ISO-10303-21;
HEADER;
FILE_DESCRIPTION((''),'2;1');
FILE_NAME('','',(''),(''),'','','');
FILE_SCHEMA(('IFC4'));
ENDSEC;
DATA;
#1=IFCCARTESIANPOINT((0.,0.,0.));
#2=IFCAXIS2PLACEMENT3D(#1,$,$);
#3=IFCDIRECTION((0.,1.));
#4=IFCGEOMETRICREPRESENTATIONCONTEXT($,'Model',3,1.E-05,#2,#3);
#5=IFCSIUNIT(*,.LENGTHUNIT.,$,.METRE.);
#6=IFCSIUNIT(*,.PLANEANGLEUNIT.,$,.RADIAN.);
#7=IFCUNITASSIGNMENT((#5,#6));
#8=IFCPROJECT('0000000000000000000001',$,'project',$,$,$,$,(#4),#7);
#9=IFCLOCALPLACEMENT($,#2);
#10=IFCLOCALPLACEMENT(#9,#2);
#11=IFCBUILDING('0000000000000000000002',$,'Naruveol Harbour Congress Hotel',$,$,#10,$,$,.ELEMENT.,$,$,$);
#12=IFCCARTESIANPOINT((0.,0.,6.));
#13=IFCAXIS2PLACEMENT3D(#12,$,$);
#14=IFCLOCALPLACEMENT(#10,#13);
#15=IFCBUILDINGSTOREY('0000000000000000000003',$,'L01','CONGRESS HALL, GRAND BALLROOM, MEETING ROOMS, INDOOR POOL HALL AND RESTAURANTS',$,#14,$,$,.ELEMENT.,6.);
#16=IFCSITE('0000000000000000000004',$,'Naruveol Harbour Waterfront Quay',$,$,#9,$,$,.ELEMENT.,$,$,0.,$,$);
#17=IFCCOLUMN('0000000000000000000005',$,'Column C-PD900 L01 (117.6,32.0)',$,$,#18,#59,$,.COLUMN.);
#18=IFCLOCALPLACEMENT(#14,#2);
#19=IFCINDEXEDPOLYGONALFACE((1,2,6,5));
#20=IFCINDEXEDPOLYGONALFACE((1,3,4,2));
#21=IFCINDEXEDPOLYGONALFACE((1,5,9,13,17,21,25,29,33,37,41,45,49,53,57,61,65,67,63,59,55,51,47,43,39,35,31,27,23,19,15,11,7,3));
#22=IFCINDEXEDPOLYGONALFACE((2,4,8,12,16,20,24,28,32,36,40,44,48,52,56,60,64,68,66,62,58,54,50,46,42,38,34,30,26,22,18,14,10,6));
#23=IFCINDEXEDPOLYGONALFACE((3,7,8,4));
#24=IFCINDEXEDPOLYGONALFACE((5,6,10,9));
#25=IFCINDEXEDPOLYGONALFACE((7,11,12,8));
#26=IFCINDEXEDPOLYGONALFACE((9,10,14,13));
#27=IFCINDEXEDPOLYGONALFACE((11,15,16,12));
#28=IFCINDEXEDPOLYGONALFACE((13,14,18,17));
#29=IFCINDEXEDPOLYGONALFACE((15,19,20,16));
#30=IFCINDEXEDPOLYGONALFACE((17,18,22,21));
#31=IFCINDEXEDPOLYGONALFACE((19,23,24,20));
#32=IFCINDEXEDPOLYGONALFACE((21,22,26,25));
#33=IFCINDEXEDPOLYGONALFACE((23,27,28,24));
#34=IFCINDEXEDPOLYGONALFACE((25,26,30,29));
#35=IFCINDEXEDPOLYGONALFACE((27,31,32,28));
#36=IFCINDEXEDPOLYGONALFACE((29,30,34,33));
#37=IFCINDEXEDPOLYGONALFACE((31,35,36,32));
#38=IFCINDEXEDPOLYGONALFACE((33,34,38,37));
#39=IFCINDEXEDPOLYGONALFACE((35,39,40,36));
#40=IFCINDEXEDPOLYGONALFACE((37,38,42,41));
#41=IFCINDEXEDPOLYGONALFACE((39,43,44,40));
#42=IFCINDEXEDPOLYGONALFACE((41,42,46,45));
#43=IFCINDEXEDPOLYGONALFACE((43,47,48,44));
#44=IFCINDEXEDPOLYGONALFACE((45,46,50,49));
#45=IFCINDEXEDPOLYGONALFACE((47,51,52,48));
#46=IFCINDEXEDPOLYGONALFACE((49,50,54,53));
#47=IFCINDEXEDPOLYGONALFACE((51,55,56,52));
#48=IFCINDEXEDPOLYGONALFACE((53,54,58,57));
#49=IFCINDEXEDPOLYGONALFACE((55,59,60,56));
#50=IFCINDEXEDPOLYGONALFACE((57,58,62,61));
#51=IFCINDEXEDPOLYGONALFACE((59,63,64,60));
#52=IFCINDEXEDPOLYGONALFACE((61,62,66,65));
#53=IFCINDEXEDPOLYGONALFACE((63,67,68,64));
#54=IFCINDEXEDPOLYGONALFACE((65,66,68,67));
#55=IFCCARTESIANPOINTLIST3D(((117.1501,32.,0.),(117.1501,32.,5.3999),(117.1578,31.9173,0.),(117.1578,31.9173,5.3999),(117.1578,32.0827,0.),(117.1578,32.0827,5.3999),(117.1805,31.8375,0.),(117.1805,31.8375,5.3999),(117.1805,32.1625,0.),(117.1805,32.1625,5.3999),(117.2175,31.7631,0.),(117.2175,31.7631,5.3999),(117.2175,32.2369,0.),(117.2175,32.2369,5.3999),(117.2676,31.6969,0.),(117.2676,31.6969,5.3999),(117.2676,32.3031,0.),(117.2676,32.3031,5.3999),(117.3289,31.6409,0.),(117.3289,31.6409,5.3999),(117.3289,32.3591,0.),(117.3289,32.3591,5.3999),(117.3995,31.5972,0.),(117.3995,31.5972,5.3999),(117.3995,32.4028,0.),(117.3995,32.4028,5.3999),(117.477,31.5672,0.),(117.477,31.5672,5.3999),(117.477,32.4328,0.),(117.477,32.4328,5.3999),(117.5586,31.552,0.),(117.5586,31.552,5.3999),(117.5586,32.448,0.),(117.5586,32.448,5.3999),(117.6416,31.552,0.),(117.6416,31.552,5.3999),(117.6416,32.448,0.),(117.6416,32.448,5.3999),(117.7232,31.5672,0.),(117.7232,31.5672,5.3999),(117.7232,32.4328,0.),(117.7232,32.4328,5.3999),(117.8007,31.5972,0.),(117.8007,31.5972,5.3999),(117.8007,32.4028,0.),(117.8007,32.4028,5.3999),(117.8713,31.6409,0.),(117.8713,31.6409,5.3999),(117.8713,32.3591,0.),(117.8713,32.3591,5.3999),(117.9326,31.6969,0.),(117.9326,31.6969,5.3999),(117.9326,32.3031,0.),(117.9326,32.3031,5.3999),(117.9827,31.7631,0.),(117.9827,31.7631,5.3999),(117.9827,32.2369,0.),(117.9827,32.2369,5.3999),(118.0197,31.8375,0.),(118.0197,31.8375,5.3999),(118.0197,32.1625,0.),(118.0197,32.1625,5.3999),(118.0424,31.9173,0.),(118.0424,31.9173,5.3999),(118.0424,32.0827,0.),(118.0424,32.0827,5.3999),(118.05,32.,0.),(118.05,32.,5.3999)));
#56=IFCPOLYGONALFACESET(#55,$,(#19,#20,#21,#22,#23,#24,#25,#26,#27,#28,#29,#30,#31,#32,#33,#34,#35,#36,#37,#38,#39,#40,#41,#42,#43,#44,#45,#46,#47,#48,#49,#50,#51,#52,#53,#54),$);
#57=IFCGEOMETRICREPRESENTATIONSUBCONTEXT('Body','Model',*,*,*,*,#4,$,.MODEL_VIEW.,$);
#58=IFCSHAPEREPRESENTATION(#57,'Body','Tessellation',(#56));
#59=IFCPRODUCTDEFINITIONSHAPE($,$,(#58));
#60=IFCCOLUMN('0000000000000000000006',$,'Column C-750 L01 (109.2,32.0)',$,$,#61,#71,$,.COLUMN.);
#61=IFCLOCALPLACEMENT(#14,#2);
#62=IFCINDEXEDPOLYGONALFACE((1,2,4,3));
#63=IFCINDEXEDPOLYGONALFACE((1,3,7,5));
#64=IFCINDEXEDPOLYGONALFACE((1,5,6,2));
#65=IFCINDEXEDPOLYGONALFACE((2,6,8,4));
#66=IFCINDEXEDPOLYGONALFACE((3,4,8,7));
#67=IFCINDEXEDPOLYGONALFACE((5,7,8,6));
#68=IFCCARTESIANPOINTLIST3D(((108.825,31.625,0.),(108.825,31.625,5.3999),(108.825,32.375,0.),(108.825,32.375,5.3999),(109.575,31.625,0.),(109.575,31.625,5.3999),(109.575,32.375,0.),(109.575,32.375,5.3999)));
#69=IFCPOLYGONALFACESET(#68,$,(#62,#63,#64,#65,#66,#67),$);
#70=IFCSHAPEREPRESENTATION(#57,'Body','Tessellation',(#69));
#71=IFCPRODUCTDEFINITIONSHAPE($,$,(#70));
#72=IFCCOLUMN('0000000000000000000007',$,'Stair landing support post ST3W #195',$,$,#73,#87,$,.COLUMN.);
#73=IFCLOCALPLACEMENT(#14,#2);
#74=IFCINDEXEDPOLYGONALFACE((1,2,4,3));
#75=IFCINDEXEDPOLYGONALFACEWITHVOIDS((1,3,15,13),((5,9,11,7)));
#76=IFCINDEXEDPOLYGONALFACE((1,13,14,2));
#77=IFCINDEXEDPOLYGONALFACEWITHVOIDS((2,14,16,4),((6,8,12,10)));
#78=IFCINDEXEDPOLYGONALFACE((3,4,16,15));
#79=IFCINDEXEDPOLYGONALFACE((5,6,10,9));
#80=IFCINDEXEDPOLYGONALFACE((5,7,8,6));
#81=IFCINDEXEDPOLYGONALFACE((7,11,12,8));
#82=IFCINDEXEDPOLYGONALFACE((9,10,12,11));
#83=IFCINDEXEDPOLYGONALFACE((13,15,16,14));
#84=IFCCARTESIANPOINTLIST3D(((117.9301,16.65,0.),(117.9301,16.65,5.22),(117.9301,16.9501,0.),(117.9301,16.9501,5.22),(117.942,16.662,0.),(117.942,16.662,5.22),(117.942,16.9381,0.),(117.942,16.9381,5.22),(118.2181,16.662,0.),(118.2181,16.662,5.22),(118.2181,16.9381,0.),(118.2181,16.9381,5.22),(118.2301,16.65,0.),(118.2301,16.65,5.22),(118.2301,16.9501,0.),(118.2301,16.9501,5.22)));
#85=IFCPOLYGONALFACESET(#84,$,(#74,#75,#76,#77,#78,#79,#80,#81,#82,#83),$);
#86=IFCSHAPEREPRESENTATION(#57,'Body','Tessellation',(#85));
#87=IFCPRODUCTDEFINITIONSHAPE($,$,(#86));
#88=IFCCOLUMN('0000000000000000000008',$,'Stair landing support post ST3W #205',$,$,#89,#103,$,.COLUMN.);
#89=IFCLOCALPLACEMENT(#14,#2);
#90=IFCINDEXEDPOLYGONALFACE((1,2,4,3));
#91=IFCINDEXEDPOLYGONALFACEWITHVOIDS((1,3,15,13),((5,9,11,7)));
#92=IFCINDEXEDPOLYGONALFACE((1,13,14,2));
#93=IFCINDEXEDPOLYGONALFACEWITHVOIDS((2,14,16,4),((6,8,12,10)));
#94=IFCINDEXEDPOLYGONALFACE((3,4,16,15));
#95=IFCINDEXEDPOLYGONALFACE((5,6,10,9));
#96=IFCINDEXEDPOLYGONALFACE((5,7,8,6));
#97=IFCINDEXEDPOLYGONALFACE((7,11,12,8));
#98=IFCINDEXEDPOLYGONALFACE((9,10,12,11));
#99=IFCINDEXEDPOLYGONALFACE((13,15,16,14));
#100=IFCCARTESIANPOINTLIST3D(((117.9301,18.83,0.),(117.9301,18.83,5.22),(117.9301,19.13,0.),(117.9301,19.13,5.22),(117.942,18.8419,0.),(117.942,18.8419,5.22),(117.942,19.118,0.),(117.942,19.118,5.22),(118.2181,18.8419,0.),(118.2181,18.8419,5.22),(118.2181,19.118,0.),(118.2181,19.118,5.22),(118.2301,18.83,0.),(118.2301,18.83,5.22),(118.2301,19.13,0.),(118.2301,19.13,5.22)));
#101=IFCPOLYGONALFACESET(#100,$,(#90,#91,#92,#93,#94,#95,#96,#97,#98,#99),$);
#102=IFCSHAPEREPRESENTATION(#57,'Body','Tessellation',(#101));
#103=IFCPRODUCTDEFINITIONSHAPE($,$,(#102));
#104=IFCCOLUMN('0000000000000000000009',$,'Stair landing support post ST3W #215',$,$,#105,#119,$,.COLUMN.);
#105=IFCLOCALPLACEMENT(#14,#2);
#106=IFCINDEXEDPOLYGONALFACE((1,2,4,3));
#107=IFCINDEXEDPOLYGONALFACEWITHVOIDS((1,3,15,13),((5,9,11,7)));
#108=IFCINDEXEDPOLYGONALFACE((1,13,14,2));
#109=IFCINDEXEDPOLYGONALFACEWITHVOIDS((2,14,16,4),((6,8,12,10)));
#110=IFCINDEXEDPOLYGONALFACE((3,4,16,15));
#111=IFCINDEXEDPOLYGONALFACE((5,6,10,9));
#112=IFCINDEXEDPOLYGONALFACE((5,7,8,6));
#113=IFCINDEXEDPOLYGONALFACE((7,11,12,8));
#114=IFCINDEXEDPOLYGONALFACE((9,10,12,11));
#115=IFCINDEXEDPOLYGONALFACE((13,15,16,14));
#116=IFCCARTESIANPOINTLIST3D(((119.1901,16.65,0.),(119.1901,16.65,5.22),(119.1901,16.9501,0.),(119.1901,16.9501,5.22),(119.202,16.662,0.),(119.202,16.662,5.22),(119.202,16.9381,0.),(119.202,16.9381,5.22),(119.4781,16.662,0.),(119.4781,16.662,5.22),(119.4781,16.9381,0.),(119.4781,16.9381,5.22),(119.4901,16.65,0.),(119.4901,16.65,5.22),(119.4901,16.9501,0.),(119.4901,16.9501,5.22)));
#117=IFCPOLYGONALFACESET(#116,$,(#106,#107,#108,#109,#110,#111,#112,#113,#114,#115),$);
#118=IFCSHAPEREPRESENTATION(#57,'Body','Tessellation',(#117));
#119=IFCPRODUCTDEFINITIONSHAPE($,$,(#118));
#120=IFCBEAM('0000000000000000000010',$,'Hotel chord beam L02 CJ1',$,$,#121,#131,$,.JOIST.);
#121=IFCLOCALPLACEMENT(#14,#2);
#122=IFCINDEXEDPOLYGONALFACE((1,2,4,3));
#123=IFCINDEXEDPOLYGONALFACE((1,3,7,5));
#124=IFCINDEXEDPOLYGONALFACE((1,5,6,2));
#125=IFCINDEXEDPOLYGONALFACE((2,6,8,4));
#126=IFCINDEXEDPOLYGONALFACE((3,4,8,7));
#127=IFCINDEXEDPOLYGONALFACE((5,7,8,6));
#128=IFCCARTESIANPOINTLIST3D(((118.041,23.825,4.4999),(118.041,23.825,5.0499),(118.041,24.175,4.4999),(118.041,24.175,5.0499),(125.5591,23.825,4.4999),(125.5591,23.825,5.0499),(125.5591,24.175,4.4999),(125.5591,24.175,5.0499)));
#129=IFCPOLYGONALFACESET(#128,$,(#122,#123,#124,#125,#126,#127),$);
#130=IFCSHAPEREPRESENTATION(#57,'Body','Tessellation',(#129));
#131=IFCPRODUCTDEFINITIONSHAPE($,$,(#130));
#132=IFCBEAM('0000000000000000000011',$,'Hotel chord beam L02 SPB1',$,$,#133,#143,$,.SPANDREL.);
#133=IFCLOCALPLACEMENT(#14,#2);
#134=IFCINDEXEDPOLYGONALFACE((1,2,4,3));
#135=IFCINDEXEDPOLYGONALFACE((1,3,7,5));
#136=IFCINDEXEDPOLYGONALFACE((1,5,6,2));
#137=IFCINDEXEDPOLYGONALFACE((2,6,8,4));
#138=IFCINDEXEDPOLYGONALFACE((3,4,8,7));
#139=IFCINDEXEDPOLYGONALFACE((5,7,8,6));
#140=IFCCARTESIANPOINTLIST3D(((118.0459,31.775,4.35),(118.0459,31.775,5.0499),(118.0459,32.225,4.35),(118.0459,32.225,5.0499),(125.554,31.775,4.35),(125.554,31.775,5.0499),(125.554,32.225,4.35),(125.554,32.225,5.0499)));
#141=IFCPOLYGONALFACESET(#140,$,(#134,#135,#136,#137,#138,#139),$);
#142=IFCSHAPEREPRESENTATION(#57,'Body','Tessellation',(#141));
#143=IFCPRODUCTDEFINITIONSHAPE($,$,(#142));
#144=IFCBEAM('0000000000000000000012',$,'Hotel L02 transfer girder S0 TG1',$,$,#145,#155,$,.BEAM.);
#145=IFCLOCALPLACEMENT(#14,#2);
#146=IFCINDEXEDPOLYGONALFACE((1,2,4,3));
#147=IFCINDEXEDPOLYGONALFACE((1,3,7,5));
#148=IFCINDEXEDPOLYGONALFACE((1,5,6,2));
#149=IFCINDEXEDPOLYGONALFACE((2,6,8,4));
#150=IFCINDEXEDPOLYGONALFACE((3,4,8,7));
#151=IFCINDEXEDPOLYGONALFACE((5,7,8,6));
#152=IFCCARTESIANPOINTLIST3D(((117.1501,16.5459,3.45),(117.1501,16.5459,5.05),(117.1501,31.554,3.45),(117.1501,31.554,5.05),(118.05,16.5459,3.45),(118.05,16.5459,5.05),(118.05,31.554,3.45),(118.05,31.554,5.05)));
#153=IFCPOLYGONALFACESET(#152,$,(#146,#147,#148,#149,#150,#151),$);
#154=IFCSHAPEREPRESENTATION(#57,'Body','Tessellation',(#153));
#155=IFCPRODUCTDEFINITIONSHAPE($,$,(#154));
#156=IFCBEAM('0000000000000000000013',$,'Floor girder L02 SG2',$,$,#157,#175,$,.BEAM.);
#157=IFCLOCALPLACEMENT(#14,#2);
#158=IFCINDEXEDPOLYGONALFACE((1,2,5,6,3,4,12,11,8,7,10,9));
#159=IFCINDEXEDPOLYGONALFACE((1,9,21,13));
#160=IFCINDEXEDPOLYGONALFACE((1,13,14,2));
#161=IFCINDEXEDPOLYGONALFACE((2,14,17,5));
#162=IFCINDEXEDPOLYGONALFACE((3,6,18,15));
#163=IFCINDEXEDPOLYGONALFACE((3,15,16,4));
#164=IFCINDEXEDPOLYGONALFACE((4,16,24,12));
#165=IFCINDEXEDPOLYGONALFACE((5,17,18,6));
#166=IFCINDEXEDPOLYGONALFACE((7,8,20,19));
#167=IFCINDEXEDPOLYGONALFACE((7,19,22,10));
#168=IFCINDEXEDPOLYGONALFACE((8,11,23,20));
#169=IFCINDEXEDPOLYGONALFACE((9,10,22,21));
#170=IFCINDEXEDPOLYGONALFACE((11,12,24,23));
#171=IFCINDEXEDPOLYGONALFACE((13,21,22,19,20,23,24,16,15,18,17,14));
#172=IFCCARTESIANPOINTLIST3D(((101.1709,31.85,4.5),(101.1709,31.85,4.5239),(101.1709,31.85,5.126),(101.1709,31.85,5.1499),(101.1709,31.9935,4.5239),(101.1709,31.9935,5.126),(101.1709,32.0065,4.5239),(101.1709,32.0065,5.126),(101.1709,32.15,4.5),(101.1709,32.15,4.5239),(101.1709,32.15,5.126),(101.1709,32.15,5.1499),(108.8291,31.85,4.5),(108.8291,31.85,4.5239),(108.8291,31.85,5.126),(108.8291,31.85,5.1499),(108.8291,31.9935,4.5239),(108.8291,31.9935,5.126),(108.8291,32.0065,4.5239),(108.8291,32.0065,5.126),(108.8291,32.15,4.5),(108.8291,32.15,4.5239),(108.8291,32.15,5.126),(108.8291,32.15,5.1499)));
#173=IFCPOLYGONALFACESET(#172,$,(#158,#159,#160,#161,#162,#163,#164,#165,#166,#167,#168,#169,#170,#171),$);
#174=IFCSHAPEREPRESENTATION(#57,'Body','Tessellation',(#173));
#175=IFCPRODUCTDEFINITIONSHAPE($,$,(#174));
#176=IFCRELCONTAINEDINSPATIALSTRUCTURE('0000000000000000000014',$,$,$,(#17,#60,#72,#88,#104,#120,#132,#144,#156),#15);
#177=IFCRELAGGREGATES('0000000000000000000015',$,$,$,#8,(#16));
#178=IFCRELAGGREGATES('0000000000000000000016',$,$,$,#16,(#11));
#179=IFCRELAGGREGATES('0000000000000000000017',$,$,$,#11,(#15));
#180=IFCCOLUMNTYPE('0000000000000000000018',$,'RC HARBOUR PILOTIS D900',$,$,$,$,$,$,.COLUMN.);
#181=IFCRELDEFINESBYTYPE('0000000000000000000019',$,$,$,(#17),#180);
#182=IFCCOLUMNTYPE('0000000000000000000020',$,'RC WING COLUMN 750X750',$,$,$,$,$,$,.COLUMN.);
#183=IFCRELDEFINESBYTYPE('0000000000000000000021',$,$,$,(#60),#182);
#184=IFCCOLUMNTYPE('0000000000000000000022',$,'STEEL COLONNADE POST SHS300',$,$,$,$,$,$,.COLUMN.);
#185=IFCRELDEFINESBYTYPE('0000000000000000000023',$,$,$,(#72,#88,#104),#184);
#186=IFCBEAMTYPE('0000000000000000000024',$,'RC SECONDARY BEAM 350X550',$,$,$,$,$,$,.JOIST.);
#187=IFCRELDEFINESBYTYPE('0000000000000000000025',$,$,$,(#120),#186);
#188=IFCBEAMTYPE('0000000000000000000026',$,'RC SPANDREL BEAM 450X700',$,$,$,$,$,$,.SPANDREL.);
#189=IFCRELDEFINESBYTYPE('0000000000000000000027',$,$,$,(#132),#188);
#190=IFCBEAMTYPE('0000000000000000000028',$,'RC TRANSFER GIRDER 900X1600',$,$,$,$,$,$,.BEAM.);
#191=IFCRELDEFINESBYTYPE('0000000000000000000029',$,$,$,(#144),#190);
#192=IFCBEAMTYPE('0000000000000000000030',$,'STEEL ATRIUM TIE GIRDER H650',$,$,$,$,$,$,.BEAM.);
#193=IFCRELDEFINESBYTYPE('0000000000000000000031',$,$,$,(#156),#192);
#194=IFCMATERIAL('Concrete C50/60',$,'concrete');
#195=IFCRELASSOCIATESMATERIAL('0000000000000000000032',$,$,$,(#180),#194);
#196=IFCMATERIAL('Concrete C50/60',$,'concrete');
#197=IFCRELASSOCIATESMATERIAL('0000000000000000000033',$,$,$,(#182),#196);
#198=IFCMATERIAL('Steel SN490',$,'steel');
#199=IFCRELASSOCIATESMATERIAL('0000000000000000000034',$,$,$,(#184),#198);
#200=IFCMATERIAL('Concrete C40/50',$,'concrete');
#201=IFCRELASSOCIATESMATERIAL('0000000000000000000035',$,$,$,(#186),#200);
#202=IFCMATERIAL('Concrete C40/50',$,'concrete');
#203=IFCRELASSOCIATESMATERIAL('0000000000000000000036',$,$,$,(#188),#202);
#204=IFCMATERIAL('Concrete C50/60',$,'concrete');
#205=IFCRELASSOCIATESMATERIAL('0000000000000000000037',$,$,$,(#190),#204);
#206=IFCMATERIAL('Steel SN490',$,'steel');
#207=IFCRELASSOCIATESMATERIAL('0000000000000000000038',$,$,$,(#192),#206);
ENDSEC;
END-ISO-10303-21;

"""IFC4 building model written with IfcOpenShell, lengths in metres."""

from ifc_helpers import new_model, si_unit, direction, frame, origin, origin_2d, place, context, subcontext, project, spatial, rectangle, hollow_rectangle, circle, i_section, extrude, material, material_profile, profile_set, type_object, element, save


model = new_model("IFC4")

# Units and contexts
model_context = context("Model", 3, precision=1e-05, world=origin(), true_north=direction((0.0, 1.0)))
body_context = subcontext(model_context, "Body", "Model", "MODEL_VIEW")
ifc_project = project(units=[si_unit("LENGTHUNIT", "METRE"), si_unit("PLANEANGLEUNIT", "RADIAN")], contexts=[model_context])

# Site, building, storey
site_placement = place(None, origin())
site = spatial("IfcSite", under=ifc_project, at=site_placement, Name="Naruveol Harbour Waterfront Quay", CompositionType="ELEMENT", RefElevation=0.0)
building_placement = place(site_placement, origin())
building = spatial("IfcBuilding", under=site, at=building_placement, Name="Naruveol Harbour Congress Hotel", CompositionType="ELEMENT")
storey_placement = place(building_placement, frame((0.0, 0.0, 6.0)))
storey = spatial("IfcBuildingStorey", under=building, at=storey_placement, Name="L01", Description="CONGRESS HALL, GRAND BALLROOM, MEETING ROOMS, INDOOR POOL HALL AND RESTAURANTS", CompositionType="ELEMENT", Elevation=6.0)

# Columns
ifc_material_1 = material(Name="Concrete C50/60", Category="concrete")
ifc_material_profile_1 = material_profile(ifc_material_1, circle(Radius=0.45, at=origin_2d()), Name="RC-D900")
ifc_profile_set_1 = profile_set([ifc_material_profile_1], Name="Concrete C50/60")
column_type_1 = type_object("IfcColumnType", Name="RC HARBOUR PILOTIS D900", PredefinedType="COLUMN", material=ifc_profile_set_1)
column_1_placement = place(storey_placement, frame((117.6001, 32.0, 0.0), z_axis=(0.0, 0.0, 1.0), x_axis=(1.0, 0.0, 0.0)))
element("IfcColumn", 1, at=column_1_placement, inside=storey, type_object=column_type_1, Name="Column C-PD900 L01 (117.6,32.0)", PredefinedType="COLUMN", context=body_context, shape_type="SweptSolid", body=[
    extrude(circle(Radius=0.45, at=origin_2d()), origin(), (0.0, 0.0, 1.0), 5.3999),
])
ifc_material_2 = material(Name="Concrete C50/60", Category="concrete")
ifc_material_profile_2 = material_profile(ifc_material_2, rectangle(XDim=0.75, YDim=0.75, at=origin_2d()), Name="RC-750x750")
ifc_profile_set_2 = profile_set([ifc_material_profile_2], Name="Concrete C50/60")
column_type_2 = type_object("IfcColumnType", Name="RC WING COLUMN 750X750", PredefinedType="COLUMN", material=ifc_profile_set_2)
column_2_placement = place(storey_placement, frame((109.2, 32.0, 0.0), z_axis=(0.0, 0.0, 1.0), x_axis=(1.0, 0.0, 0.0)))
element("IfcColumn", 2, at=column_2_placement, inside=storey, type_object=column_type_2, Name="Column C-750 L01 (109.2,32.0)", PredefinedType="COLUMN", context=body_context, shape_type="SweptSolid", body=[
    extrude(rectangle(XDim=0.75, YDim=0.75, at=origin_2d()), origin(), (0.0, 0.0, 1.0), 5.3999),
])
ifc_material_3 = material(Name="Steel SN490", Category="steel")
ifc_material_profile_3 = material_profile(ifc_material_3, hollow_rectangle(XDim=0.3, YDim=0.3, WallThickness=0.012, at=origin_2d()), Name="SHS-300x300x12")
ifc_profile_set_3 = profile_set([ifc_material_profile_3], Name="Steel SN490")
column_type_3 = type_object("IfcColumnType", Name="STEEL COLONNADE POST SHS300", PredefinedType="COLUMN", material=ifc_profile_set_3)
for number, where, z_axis, x_axis, name in (
    (3, (118.0801, 16.8, 0.0), (0.0, 0.0, 1.0), (1.0, 0.0, 0.0), "Stair landing support post ST3W #195"),
    (4, (118.0801, 18.98, 0.0), (0.0, 0.0, 1.0), (1.0, 0.0, 0.0), "Stair landing support post ST3W #205"),
    (5, (119.3401, 16.8, 0.0), (0.0, 0.0, 1.0), (1.0, 0.0, 0.0), "Stair landing support post ST3W #215"),
):
    element("IfcColumn", number, at=place(storey_placement, frame(where, z_axis=z_axis, x_axis=x_axis)), inside=storey, type_object=column_type_3, Name=name, PredefinedType="COLUMN", context=body_context, shape_type="SweptSolid", body=[
        extrude(hollow_rectangle(XDim=0.3, YDim=0.3, WallThickness=0.012, at=origin_2d()), origin(), (0.0, 0.0, 1.0), 5.22),
    ])

# Beams
ifc_material_4 = material(Name="Concrete C40/50", Category="concrete")
ifc_material_profile_4 = material_profile(ifc_material_4, rectangle(XDim=0.3501, YDim=0.55, at=origin_2d()), Name="RCB-350x550")
ifc_profile_set_4 = profile_set([ifc_material_profile_4], Name="Concrete C40/50")
beam_type_1 = type_object("IfcBeamType", Name="RC SECONDARY BEAM 350X550", PredefinedType="JOIST", material=ifc_profile_set_4)
beam_1_placement = place(storey_placement, frame((118.041, 24.0, 4.7749), z_axis=(1.0, 0.0, 0.0), x_axis=(0.0, 1.0, 0.0)))
element("IfcBeam", 6, at=beam_1_placement, inside=storey, type_object=beam_type_1, Name="Hotel chord beam L02 CJ1", PredefinedType="JOIST", context=body_context, shape_type="SweptSolid", body=[
    extrude(rectangle(XDim=0.3501, YDim=0.55, at=origin_2d()), origin(), (0.0, 0.0, 1.0), 7.5181),
])
ifc_material_5 = material(Name="Concrete C40/50", Category="concrete")
ifc_material_profile_5 = material_profile(ifc_material_5, rectangle(XDim=0.45, YDim=0.7, at=origin_2d()), Name="RCB-450x700")
ifc_profile_set_5 = profile_set([ifc_material_profile_5], Name="Concrete C40/50")
beam_type_2 = type_object("IfcBeamType", Name="RC SPANDREL BEAM 450X700", PredefinedType="SPANDREL", material=ifc_profile_set_5)
beam_2_placement = place(storey_placement, frame((118.0459, 32.0, 4.7), z_axis=(1.0, 0.0, 0.0), x_axis=(0.0, 1.0, 0.0)))
element("IfcBeam", 7, at=beam_2_placement, inside=storey, type_object=beam_type_2, Name="Hotel chord beam L02 SPB1", PredefinedType="SPANDREL", context=body_context, shape_type="SweptSolid", body=[
    extrude(rectangle(XDim=0.45, YDim=0.7, at=origin_2d()), origin(), (0.0, 0.0, 1.0), 7.5081),
])
ifc_material_6 = material(Name="Concrete C50/60", Category="concrete")
ifc_material_profile_6 = material_profile(ifc_material_6, rectangle(XDim=0.8999, YDim=1.6001, at=origin_2d()), Name="RCB-900x1600")
ifc_profile_set_6 = profile_set([ifc_material_profile_6], Name="Concrete C50/60")
beam_type_3 = type_object("IfcBeamType", Name="RC TRANSFER GIRDER 900X1600", PredefinedType="BEAM", material=ifc_profile_set_6)
beam_3_placement = place(storey_placement, frame((117.6001, 16.5459, 4.25), z_axis=(0.0, 1.0, 0.0), x_axis=(-1.0, 0.0, 0.0)))
element("IfcBeam", 8, at=beam_3_placement, inside=storey, type_object=beam_type_3, Name="Hotel L02 transfer girder S0 TG1", PredefinedType="BEAM", context=body_context, shape_type="SweptSolid", body=[
    extrude(rectangle(XDim=0.8999, YDim=1.6001, at=origin_2d()), origin(), (0.0, 0.0, 1.0), 15.0081),
])
ifc_material_7 = material(Name="Steel SN490", Category="steel")
ifc_material_profile_7 = material_profile(ifc_material_7, i_section(OverallWidth=0.3, OverallDepth=0.6499, WebThickness=0.0129, FlangeThickness=0.0239, at=origin_2d()), Name="H-650x300x13x24")
ifc_profile_set_7 = profile_set([ifc_material_profile_7], Name="Steel SN490")
beam_type_4 = type_object("IfcBeamType", Name="STEEL ATRIUM TIE GIRDER H650", PredefinedType="BEAM", material=ifc_profile_set_7)
beam_4_placement = place(storey_placement, frame((101.1709, 32.0, 4.825), z_axis=(1.0, 0.0, 0.0), x_axis=(0.0, 1.0, 0.0)))
element("IfcBeam", 9, at=beam_4_placement, inside=storey, type_object=beam_type_4, Name="Floor girder L02 SG2", PredefinedType="BEAM", context=body_context, shape_type="SweptSolid", body=[
    extrude(i_section(OverallWidth=0.3, OverallDepth=0.6499, WebThickness=0.0129, FlangeThickness=0.0239, at=origin_2d()), origin(), (0.0, 0.0, 1.0), 7.6582),
])

save(model, "model.ifc")
